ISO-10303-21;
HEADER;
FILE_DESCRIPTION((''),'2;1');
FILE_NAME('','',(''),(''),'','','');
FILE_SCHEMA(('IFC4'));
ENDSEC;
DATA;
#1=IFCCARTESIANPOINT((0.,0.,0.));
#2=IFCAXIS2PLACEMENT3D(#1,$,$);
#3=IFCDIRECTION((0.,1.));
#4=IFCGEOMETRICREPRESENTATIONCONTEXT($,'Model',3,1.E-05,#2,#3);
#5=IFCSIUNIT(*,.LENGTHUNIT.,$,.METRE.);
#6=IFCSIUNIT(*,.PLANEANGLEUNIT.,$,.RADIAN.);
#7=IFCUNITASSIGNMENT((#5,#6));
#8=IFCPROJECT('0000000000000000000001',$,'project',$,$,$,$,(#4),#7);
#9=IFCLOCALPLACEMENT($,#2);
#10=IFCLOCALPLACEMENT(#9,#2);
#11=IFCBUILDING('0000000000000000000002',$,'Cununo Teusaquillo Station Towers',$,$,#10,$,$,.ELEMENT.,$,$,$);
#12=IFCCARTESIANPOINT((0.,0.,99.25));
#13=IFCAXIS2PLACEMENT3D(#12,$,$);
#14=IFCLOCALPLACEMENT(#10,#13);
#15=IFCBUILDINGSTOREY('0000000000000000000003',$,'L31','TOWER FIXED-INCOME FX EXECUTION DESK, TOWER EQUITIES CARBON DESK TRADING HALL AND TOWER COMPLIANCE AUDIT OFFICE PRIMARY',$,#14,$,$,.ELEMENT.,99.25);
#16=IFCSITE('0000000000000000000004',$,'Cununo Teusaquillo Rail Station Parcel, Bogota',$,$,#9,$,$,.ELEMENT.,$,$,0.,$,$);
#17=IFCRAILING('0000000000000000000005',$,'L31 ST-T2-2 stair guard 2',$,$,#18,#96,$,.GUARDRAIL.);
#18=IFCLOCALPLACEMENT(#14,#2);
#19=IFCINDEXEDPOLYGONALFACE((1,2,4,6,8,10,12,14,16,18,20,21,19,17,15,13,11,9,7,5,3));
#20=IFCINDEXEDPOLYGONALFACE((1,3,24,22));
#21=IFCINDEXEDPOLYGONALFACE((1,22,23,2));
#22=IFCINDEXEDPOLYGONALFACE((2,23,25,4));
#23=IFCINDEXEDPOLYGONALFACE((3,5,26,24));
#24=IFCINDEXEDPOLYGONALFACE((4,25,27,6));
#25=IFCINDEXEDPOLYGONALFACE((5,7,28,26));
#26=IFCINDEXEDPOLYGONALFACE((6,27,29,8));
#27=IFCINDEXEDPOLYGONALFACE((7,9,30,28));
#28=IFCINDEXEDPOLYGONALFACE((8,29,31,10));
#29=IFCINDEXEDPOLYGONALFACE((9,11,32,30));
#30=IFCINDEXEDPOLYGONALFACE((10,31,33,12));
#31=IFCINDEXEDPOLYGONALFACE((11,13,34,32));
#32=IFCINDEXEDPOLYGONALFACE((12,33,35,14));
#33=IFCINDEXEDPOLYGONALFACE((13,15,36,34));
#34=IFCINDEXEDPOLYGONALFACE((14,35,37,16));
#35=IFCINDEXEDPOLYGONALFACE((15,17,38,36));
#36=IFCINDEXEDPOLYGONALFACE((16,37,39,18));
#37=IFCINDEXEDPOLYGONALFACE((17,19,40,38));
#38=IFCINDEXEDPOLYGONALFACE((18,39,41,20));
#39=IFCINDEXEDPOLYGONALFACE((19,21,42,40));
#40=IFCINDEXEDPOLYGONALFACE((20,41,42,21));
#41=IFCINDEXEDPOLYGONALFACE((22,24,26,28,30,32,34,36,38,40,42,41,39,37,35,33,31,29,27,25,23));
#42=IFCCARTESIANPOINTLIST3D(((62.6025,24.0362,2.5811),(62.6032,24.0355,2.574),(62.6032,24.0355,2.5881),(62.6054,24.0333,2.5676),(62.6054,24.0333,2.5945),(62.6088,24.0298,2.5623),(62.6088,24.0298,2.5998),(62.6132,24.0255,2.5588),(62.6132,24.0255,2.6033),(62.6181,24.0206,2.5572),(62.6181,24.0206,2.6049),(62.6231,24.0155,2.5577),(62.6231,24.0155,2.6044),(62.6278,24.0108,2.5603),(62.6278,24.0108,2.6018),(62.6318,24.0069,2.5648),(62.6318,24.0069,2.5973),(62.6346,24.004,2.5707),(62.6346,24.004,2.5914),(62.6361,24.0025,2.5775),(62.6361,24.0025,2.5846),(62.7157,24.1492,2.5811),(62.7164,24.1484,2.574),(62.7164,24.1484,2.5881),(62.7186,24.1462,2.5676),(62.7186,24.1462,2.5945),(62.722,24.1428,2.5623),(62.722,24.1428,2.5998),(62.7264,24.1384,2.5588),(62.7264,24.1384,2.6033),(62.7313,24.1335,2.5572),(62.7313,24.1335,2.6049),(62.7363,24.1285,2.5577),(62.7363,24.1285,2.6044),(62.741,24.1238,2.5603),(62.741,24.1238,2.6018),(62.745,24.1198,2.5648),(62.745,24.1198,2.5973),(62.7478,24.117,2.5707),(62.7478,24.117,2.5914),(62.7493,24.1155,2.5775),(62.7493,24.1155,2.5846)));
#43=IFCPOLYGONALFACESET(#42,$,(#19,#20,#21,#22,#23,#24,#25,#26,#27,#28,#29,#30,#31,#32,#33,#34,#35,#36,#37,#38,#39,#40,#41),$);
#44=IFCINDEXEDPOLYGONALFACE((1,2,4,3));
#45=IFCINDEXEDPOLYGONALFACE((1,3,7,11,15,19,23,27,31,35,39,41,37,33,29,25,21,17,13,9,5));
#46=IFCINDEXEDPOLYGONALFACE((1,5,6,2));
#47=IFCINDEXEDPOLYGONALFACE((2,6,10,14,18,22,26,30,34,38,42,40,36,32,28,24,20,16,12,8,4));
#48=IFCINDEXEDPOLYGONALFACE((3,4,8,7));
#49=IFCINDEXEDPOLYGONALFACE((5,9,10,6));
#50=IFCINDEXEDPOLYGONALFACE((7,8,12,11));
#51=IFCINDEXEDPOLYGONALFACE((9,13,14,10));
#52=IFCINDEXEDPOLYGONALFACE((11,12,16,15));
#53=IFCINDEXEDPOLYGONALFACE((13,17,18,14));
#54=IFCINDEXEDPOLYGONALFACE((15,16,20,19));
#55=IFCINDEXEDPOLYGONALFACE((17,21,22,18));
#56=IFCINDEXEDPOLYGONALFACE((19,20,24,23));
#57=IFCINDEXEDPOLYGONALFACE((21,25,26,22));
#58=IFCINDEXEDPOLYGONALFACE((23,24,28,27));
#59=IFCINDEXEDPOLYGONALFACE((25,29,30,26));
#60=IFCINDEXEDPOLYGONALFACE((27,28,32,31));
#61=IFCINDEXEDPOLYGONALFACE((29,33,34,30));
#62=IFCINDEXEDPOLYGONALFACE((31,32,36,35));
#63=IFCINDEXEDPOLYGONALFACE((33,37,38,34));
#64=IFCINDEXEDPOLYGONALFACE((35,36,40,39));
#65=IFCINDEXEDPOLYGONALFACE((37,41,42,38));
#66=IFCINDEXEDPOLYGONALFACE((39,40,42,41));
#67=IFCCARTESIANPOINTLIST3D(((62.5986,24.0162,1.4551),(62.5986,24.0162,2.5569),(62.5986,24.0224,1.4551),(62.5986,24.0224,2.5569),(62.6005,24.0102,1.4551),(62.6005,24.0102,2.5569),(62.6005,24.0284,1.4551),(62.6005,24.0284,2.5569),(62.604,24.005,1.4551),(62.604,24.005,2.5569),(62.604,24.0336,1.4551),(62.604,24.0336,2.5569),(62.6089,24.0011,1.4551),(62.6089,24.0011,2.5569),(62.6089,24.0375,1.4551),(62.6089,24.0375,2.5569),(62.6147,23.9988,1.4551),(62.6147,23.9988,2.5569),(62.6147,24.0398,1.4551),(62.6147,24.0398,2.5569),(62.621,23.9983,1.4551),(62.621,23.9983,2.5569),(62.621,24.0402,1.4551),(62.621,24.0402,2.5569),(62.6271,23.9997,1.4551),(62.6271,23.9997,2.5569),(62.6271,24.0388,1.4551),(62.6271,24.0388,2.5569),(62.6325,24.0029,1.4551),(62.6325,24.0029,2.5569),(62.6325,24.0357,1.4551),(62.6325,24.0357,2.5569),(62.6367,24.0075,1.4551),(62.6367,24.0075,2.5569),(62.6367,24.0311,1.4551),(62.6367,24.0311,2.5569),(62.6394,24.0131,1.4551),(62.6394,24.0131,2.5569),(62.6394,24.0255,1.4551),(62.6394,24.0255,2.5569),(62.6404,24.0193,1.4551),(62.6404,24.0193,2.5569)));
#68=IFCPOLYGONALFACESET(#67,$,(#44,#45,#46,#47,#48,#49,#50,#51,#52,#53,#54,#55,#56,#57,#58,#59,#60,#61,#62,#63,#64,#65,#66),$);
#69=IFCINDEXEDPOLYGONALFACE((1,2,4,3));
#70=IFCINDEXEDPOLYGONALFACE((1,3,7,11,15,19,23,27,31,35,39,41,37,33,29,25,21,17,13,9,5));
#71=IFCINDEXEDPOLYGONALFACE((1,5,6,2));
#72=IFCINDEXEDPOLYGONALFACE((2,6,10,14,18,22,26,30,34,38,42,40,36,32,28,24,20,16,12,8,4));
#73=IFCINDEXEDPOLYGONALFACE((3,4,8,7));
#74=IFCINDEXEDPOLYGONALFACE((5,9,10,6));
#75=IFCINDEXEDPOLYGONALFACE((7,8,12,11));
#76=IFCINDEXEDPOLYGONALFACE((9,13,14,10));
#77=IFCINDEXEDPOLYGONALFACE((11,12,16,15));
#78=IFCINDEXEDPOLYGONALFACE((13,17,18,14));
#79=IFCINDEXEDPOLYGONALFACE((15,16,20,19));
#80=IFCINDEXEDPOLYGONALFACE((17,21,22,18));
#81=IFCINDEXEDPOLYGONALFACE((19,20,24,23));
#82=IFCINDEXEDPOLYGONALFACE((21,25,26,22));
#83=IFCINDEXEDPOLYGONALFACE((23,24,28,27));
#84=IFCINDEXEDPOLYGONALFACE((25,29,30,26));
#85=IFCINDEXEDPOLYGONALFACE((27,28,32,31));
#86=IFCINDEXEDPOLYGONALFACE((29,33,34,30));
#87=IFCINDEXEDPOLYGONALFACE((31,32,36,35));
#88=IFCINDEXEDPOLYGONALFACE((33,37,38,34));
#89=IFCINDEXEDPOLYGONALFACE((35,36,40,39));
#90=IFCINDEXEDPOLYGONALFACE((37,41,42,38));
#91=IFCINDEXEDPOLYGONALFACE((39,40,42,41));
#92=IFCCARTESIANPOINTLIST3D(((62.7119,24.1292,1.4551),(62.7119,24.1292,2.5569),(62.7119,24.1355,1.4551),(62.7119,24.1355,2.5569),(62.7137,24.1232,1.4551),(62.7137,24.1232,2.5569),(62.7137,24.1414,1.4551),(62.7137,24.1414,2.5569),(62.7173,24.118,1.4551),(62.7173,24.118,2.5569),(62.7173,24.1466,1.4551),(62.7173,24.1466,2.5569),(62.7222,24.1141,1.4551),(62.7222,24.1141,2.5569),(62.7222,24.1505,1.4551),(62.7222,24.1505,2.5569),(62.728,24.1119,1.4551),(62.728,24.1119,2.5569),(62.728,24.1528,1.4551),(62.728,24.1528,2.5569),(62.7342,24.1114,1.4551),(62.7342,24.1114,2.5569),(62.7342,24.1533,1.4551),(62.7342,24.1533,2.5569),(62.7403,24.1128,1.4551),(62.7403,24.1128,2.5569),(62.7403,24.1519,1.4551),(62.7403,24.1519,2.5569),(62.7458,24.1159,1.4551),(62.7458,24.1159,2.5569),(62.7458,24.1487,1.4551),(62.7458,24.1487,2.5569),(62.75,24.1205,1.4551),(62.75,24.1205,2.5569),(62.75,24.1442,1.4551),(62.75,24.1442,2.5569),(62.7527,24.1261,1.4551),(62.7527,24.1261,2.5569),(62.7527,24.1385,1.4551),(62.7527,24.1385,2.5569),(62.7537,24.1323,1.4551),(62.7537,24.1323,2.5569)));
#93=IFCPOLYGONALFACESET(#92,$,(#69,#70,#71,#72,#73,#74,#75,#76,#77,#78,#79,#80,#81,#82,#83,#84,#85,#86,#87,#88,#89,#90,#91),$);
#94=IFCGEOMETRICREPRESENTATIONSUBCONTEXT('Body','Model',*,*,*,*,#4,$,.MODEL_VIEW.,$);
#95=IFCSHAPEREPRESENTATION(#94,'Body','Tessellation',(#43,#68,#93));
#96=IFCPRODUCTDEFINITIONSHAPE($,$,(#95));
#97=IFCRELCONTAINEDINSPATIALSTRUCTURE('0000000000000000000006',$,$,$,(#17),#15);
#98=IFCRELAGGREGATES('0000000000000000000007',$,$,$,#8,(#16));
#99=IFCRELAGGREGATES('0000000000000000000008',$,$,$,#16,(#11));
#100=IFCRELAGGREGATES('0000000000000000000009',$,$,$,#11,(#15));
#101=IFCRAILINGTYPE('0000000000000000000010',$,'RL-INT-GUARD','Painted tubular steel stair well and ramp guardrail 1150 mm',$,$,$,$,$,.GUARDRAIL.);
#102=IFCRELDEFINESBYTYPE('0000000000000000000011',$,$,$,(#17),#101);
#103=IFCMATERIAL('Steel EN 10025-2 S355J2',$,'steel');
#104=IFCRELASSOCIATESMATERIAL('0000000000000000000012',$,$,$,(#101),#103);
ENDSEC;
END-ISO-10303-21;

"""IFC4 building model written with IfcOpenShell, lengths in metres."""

from ifc_helpers import new_model, si_unit, direction, frame, origin, origin_2d, place, context, subcontext, project, spatial, circle, extrude, material, type_object, element, save


model = new_model("IFC4")

# Units and contexts
model_context = context("Model", 3, precision=1e-05, world=origin(), true_north=direction((0.0, 1.0)))
body_context = subcontext(model_context, "Body", "Model", "MODEL_VIEW")
ifc_project = project(units=[si_unit("LENGTHUNIT", "METRE"), si_unit("PLANEANGLEUNIT", "RADIAN")], contexts=[model_context])

# Site, building, storey
site_placement = place(None, origin())
site = spatial("IfcSite", under=ifc_project, at=site_placement, Name="Cununo Teusaquillo Rail Station Parcel, Bogota", CompositionType="ELEMENT", RefElevation=0.0)
building_placement = place(site_placement, origin())
building = spatial("IfcBuilding", under=site, at=building_placement, Name="Cununo Teusaquillo Station Towers", CompositionType="ELEMENT")
storey_placement = place(building_placement, frame((0.0, 0.0, 99.25)))
storey = spatial("IfcBuildingStorey", under=building, at=storey_placement, Name="L31", Description="TOWER FIXED-INCOME FX EXECUTION DESK, TOWER EQUITIES CARBON DESK TRADING HALL AND TOWER COMPLIANCE AUDIT OFFICE PRIMARY", CompositionType="ELEMENT", Elevation=99.25)

# Railing
ifc_material_1 = material(Name="Steel EN 10025-2 S355J2", Category="steel")
railing_type_1 = type_object("IfcRailingType", Name="RL-INT-GUARD", Description="Painted tubular steel stair well and ramp guardrail 1150 mm", PredefinedType="GUARDRAIL", material=ifc_material_1)
railing_1_placement = place(storey_placement, frame((62.6194, 24.0193, 1.4551)))
element("IfcRailing", 1, at=railing_1_placement, inside=storey, type_object=railing_type_1, Name="L31 ST-T2-2 stair guard 2", PredefinedType="GUARDRAIL", context=body_context, shape_type="SweptSolid", body=[
    extrude(circle(Radius=0.0239, at=origin_2d()), frame((0.0, 0.0, 1.126), z_axis=(0.707869, 0.706344, 0.0), x_axis=(-0.706344, 0.707869, 0.0)), (0.0, 0.0, 1.0), 0.1599),
    extrude(circle(Radius=0.021, at=origin_2d()), origin(), (0.0, 0.0, 1.0), 1.1018),
    extrude(circle(Radius=0.021, at=origin_2d()), frame((0.1133, 0.113, 0.0)), (0.0, 0.0, 1.0), 1.1018),
])

save(model, "model.ifc")
